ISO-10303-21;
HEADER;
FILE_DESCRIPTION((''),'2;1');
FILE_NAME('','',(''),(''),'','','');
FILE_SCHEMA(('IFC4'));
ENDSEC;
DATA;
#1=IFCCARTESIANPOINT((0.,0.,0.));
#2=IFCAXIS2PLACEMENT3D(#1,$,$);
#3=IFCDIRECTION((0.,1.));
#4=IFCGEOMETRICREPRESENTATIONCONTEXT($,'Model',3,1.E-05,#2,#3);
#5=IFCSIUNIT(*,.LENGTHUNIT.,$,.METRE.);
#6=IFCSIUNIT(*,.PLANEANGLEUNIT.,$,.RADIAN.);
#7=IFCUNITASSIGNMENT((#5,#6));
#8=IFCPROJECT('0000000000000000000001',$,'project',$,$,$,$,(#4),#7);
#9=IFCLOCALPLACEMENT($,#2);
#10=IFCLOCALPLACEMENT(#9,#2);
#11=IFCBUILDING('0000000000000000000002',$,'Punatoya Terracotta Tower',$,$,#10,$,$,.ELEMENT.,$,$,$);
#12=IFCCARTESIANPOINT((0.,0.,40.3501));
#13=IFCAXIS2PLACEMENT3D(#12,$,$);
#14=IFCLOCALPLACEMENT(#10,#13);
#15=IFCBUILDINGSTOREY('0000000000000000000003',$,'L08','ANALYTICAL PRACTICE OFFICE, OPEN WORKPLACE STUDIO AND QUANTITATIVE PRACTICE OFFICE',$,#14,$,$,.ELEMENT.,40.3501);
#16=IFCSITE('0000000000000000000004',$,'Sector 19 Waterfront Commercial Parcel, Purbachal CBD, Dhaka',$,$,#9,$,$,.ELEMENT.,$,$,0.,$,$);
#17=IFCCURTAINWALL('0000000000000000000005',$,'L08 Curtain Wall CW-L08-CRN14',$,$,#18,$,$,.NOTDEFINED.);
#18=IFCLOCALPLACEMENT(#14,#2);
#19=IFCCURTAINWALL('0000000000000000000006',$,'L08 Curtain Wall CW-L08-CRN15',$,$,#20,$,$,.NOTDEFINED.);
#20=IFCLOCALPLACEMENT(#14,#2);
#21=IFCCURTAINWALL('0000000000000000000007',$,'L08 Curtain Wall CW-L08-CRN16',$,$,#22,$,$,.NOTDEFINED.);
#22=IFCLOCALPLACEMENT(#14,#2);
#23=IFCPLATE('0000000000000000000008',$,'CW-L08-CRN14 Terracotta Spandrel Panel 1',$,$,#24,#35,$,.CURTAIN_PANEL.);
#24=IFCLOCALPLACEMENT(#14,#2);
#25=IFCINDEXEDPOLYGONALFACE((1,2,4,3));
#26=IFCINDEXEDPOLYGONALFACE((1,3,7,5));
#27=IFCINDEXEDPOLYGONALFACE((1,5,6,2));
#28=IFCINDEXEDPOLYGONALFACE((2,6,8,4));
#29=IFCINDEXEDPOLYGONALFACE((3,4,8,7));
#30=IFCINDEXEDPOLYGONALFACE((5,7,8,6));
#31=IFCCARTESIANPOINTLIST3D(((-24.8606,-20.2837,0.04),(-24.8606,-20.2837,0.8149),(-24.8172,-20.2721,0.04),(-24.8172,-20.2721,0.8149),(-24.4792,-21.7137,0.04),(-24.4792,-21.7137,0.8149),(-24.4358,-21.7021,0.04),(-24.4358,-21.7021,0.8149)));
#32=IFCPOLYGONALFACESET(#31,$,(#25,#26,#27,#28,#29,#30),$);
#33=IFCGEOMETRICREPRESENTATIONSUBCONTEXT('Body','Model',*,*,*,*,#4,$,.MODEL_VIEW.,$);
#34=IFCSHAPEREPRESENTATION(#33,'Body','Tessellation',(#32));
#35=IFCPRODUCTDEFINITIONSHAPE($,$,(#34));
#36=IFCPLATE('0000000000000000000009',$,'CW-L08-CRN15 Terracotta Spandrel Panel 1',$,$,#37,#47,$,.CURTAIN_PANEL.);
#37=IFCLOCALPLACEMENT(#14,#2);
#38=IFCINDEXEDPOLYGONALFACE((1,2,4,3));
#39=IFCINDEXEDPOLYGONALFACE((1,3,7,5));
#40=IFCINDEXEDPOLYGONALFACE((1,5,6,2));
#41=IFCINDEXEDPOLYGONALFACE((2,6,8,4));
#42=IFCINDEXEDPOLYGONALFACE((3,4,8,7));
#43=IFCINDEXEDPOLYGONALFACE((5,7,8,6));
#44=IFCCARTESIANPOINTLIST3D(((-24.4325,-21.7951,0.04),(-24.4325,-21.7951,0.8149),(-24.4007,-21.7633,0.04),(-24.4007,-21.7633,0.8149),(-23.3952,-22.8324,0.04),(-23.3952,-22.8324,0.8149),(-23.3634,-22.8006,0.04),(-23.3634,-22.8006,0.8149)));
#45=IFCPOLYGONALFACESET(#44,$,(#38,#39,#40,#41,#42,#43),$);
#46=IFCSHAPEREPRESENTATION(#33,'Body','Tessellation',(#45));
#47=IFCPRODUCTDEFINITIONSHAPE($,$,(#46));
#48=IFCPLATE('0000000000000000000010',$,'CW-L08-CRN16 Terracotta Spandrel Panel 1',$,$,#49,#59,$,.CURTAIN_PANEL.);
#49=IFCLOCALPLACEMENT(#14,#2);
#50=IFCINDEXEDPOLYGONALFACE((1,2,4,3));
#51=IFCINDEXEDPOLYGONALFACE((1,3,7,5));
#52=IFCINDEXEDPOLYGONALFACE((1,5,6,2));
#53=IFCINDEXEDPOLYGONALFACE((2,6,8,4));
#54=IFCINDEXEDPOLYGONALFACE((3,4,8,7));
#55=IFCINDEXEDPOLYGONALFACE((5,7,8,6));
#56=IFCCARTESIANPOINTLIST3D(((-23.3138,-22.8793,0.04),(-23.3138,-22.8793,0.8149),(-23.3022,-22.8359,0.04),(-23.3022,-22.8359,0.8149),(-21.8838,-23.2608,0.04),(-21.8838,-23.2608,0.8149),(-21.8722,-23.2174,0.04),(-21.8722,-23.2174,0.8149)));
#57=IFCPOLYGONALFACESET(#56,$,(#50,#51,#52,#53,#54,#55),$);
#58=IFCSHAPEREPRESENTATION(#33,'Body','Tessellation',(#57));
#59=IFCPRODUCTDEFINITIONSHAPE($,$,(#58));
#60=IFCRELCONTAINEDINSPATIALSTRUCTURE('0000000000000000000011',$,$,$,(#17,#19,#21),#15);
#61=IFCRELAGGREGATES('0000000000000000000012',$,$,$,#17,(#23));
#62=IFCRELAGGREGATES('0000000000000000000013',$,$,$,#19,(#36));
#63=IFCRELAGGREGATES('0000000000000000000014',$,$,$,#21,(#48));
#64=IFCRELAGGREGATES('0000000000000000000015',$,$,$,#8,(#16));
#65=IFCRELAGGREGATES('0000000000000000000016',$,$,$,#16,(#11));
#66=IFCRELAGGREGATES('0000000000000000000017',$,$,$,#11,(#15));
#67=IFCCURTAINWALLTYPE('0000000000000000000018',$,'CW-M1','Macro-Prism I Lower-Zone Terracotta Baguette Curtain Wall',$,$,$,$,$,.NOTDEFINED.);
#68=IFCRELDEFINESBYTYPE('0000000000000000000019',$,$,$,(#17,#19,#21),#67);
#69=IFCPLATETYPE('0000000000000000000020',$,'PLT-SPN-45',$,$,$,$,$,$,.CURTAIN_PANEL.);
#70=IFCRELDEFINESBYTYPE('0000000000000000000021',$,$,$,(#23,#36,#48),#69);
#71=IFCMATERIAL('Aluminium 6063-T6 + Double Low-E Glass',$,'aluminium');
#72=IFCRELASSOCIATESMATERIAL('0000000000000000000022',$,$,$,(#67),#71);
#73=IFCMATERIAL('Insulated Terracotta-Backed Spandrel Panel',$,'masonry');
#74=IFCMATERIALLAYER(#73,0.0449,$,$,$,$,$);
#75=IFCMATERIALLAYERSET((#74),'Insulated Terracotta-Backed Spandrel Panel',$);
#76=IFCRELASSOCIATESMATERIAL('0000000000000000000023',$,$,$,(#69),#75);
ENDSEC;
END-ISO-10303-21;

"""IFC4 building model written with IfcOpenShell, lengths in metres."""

from ifc_helpers import new_model, si_unit, direction, frame, origin, origin_2d, place, context, subcontext, project, spatial, rectangle, extrude, material, layer, layer_set, type_object, element, aggregate, save


model = new_model("IFC4")

# Units and contexts
model_context = context("Model", 3, precision=1e-05, world=origin(), true_north=direction((0.0, 1.0)))
body_context = subcontext(model_context, "Body", "Model", "MODEL_VIEW")
ifc_project = project(units=[si_unit("LENGTHUNIT", "METRE"), si_unit("PLANEANGLEUNIT", "RADIAN")], contexts=[model_context])

# Site, building, storey
site_placement = place(None, origin())
site = spatial("IfcSite", under=ifc_project, at=site_placement, Name="Sector 19 Waterfront Commercial Parcel, Purbachal CBD, Dhaka", CompositionType="ELEMENT", RefElevation=0.0)
building_placement = place(site_placement, origin())
building = spatial("IfcBuilding", under=site, at=building_placement, Name="Punatoya Terracotta Tower", CompositionType="ELEMENT")
storey_placement = place(building_placement, frame((0.0, 0.0, 40.3501)))
storey = spatial("IfcBuildingStorey", under=building, at=storey_placement, Name="L08", Description="ANALYTICAL PRACTICE OFFICE, OPEN WORKPLACE STUDIO AND QUANTITATIVE PRACTICE OFFICE", CompositionType="ELEMENT", Elevation=40.3501)

# Shared definitions
ifc_material_1 = material(Name="Aluminium 6063-T6 + Double Low-E Glass", Category="aluminium")
curtain_wall_type = type_object("IfcCurtainWallType", Name="CW-M1", Description="Macro-Prism I Lower-Zone Terracotta Baguette Curtain Wall", PredefinedType="NOTDEFINED", material=ifc_material_1)

# Curtain walls
curtain_wall_1_placement = place(storey_placement, origin())
curtain_wall_1 = element("IfcCurtainWall", 1, at=curtain_wall_1_placement, inside=storey, type_object=curtain_wall_type, Name="L08 Curtain Wall CW-L08-CRN14", PredefinedType="NOTDEFINED")
curtain_wall_2_placement = place(storey_placement, origin())
curtain_wall_2 = element("IfcCurtainWall", 2, at=curtain_wall_2_placement, inside=storey, type_object=curtain_wall_type, Name="L08 Curtain Wall CW-L08-CRN15", PredefinedType="NOTDEFINED")
curtain_wall_3_placement = place(storey_placement, origin())
curtain_wall_3 = element("IfcCurtainWall", 3, at=curtain_wall_3_placement, inside=storey, type_object=curtain_wall_type, Name="L08 Curtain Wall CW-L08-CRN16", PredefinedType="NOTDEFINED")

# Plates
ifc_material_2 = material(Name="Insulated Terracotta-Backed Spandrel Panel", Category="masonry")
ifc_layer_1 = layer(ifc_material_2, 0.0449)
ifc_layer_set_1 = layer_set([ifc_layer_1], Name="Insulated Terracotta-Backed Spandrel Panel")
plate_type_1 = type_object("IfcPlateType", Name="PLT-SPN-45", PredefinedType="CURTAIN_PANEL", material=ifc_layer_set_1)
plate_1_placement = place(storey_placement, frame((-24.6482, -20.9929, 0.04), z_axis=(0.0, 0.0, 1.0), x_axis=(0.257742, -0.966214, 0.0)))
plate_1 = element("IfcPlate", 4, at=plate_1_placement, type_object=plate_type_1, Name="CW-L08-CRN14 Terracotta Spandrel Panel 1", PredefinedType="CURTAIN_PANEL", context=body_context, shape_type="SweptSolid", body=[
    extrude(rectangle(XDim=1.48, YDim=0.0449, at=origin_2d()), origin(), (0.0, 0.0, 1.0), 0.7749),
])
aggregate(curtain_wall_1, [plate_1])
plate_2_placement = place(storey_placement, frame((-23.8979, -22.2979, 0.04), z_axis=(0.0, 0.0, 1.0), x_axis=(0.707107, -0.707107, 0.0)))
plate_2 = element("IfcPlate", 5, at=plate_2_placement, type_object=plate_type_1, Name="CW-L08-CRN15 Terracotta Spandrel Panel 1", PredefinedType="CURTAIN_PANEL", context=body_context, shape_type="SweptSolid", body=[
    extrude(rectangle(XDim=1.467, YDim=0.0449, at=origin_2d()), origin(), (0.0, 0.0, 1.0), 0.7749),
])
aggregate(curtain_wall_2, [plate_2])
plate_3_placement = place(storey_placement, frame((-22.593, -23.0483, 0.04), z_axis=(0.0, 0.0, 1.0), x_axis=(0.966214, -0.257742, 0.0)))
plate_3 = element("IfcPlate", 6, at=plate_3_placement, type_object=plate_type_1, Name="CW-L08-CRN16 Terracotta Spandrel Panel 1", PredefinedType="CURTAIN_PANEL", context=body_context, shape_type="SweptSolid", body=[
    extrude(rectangle(XDim=1.48, YDim=0.0449, at=origin_2d()), origin(), (0.0, 0.0, 1.0), 0.7749),
])
aggregate(curtain_wall_3, [plate_3])

save(model, "model.ifc")
